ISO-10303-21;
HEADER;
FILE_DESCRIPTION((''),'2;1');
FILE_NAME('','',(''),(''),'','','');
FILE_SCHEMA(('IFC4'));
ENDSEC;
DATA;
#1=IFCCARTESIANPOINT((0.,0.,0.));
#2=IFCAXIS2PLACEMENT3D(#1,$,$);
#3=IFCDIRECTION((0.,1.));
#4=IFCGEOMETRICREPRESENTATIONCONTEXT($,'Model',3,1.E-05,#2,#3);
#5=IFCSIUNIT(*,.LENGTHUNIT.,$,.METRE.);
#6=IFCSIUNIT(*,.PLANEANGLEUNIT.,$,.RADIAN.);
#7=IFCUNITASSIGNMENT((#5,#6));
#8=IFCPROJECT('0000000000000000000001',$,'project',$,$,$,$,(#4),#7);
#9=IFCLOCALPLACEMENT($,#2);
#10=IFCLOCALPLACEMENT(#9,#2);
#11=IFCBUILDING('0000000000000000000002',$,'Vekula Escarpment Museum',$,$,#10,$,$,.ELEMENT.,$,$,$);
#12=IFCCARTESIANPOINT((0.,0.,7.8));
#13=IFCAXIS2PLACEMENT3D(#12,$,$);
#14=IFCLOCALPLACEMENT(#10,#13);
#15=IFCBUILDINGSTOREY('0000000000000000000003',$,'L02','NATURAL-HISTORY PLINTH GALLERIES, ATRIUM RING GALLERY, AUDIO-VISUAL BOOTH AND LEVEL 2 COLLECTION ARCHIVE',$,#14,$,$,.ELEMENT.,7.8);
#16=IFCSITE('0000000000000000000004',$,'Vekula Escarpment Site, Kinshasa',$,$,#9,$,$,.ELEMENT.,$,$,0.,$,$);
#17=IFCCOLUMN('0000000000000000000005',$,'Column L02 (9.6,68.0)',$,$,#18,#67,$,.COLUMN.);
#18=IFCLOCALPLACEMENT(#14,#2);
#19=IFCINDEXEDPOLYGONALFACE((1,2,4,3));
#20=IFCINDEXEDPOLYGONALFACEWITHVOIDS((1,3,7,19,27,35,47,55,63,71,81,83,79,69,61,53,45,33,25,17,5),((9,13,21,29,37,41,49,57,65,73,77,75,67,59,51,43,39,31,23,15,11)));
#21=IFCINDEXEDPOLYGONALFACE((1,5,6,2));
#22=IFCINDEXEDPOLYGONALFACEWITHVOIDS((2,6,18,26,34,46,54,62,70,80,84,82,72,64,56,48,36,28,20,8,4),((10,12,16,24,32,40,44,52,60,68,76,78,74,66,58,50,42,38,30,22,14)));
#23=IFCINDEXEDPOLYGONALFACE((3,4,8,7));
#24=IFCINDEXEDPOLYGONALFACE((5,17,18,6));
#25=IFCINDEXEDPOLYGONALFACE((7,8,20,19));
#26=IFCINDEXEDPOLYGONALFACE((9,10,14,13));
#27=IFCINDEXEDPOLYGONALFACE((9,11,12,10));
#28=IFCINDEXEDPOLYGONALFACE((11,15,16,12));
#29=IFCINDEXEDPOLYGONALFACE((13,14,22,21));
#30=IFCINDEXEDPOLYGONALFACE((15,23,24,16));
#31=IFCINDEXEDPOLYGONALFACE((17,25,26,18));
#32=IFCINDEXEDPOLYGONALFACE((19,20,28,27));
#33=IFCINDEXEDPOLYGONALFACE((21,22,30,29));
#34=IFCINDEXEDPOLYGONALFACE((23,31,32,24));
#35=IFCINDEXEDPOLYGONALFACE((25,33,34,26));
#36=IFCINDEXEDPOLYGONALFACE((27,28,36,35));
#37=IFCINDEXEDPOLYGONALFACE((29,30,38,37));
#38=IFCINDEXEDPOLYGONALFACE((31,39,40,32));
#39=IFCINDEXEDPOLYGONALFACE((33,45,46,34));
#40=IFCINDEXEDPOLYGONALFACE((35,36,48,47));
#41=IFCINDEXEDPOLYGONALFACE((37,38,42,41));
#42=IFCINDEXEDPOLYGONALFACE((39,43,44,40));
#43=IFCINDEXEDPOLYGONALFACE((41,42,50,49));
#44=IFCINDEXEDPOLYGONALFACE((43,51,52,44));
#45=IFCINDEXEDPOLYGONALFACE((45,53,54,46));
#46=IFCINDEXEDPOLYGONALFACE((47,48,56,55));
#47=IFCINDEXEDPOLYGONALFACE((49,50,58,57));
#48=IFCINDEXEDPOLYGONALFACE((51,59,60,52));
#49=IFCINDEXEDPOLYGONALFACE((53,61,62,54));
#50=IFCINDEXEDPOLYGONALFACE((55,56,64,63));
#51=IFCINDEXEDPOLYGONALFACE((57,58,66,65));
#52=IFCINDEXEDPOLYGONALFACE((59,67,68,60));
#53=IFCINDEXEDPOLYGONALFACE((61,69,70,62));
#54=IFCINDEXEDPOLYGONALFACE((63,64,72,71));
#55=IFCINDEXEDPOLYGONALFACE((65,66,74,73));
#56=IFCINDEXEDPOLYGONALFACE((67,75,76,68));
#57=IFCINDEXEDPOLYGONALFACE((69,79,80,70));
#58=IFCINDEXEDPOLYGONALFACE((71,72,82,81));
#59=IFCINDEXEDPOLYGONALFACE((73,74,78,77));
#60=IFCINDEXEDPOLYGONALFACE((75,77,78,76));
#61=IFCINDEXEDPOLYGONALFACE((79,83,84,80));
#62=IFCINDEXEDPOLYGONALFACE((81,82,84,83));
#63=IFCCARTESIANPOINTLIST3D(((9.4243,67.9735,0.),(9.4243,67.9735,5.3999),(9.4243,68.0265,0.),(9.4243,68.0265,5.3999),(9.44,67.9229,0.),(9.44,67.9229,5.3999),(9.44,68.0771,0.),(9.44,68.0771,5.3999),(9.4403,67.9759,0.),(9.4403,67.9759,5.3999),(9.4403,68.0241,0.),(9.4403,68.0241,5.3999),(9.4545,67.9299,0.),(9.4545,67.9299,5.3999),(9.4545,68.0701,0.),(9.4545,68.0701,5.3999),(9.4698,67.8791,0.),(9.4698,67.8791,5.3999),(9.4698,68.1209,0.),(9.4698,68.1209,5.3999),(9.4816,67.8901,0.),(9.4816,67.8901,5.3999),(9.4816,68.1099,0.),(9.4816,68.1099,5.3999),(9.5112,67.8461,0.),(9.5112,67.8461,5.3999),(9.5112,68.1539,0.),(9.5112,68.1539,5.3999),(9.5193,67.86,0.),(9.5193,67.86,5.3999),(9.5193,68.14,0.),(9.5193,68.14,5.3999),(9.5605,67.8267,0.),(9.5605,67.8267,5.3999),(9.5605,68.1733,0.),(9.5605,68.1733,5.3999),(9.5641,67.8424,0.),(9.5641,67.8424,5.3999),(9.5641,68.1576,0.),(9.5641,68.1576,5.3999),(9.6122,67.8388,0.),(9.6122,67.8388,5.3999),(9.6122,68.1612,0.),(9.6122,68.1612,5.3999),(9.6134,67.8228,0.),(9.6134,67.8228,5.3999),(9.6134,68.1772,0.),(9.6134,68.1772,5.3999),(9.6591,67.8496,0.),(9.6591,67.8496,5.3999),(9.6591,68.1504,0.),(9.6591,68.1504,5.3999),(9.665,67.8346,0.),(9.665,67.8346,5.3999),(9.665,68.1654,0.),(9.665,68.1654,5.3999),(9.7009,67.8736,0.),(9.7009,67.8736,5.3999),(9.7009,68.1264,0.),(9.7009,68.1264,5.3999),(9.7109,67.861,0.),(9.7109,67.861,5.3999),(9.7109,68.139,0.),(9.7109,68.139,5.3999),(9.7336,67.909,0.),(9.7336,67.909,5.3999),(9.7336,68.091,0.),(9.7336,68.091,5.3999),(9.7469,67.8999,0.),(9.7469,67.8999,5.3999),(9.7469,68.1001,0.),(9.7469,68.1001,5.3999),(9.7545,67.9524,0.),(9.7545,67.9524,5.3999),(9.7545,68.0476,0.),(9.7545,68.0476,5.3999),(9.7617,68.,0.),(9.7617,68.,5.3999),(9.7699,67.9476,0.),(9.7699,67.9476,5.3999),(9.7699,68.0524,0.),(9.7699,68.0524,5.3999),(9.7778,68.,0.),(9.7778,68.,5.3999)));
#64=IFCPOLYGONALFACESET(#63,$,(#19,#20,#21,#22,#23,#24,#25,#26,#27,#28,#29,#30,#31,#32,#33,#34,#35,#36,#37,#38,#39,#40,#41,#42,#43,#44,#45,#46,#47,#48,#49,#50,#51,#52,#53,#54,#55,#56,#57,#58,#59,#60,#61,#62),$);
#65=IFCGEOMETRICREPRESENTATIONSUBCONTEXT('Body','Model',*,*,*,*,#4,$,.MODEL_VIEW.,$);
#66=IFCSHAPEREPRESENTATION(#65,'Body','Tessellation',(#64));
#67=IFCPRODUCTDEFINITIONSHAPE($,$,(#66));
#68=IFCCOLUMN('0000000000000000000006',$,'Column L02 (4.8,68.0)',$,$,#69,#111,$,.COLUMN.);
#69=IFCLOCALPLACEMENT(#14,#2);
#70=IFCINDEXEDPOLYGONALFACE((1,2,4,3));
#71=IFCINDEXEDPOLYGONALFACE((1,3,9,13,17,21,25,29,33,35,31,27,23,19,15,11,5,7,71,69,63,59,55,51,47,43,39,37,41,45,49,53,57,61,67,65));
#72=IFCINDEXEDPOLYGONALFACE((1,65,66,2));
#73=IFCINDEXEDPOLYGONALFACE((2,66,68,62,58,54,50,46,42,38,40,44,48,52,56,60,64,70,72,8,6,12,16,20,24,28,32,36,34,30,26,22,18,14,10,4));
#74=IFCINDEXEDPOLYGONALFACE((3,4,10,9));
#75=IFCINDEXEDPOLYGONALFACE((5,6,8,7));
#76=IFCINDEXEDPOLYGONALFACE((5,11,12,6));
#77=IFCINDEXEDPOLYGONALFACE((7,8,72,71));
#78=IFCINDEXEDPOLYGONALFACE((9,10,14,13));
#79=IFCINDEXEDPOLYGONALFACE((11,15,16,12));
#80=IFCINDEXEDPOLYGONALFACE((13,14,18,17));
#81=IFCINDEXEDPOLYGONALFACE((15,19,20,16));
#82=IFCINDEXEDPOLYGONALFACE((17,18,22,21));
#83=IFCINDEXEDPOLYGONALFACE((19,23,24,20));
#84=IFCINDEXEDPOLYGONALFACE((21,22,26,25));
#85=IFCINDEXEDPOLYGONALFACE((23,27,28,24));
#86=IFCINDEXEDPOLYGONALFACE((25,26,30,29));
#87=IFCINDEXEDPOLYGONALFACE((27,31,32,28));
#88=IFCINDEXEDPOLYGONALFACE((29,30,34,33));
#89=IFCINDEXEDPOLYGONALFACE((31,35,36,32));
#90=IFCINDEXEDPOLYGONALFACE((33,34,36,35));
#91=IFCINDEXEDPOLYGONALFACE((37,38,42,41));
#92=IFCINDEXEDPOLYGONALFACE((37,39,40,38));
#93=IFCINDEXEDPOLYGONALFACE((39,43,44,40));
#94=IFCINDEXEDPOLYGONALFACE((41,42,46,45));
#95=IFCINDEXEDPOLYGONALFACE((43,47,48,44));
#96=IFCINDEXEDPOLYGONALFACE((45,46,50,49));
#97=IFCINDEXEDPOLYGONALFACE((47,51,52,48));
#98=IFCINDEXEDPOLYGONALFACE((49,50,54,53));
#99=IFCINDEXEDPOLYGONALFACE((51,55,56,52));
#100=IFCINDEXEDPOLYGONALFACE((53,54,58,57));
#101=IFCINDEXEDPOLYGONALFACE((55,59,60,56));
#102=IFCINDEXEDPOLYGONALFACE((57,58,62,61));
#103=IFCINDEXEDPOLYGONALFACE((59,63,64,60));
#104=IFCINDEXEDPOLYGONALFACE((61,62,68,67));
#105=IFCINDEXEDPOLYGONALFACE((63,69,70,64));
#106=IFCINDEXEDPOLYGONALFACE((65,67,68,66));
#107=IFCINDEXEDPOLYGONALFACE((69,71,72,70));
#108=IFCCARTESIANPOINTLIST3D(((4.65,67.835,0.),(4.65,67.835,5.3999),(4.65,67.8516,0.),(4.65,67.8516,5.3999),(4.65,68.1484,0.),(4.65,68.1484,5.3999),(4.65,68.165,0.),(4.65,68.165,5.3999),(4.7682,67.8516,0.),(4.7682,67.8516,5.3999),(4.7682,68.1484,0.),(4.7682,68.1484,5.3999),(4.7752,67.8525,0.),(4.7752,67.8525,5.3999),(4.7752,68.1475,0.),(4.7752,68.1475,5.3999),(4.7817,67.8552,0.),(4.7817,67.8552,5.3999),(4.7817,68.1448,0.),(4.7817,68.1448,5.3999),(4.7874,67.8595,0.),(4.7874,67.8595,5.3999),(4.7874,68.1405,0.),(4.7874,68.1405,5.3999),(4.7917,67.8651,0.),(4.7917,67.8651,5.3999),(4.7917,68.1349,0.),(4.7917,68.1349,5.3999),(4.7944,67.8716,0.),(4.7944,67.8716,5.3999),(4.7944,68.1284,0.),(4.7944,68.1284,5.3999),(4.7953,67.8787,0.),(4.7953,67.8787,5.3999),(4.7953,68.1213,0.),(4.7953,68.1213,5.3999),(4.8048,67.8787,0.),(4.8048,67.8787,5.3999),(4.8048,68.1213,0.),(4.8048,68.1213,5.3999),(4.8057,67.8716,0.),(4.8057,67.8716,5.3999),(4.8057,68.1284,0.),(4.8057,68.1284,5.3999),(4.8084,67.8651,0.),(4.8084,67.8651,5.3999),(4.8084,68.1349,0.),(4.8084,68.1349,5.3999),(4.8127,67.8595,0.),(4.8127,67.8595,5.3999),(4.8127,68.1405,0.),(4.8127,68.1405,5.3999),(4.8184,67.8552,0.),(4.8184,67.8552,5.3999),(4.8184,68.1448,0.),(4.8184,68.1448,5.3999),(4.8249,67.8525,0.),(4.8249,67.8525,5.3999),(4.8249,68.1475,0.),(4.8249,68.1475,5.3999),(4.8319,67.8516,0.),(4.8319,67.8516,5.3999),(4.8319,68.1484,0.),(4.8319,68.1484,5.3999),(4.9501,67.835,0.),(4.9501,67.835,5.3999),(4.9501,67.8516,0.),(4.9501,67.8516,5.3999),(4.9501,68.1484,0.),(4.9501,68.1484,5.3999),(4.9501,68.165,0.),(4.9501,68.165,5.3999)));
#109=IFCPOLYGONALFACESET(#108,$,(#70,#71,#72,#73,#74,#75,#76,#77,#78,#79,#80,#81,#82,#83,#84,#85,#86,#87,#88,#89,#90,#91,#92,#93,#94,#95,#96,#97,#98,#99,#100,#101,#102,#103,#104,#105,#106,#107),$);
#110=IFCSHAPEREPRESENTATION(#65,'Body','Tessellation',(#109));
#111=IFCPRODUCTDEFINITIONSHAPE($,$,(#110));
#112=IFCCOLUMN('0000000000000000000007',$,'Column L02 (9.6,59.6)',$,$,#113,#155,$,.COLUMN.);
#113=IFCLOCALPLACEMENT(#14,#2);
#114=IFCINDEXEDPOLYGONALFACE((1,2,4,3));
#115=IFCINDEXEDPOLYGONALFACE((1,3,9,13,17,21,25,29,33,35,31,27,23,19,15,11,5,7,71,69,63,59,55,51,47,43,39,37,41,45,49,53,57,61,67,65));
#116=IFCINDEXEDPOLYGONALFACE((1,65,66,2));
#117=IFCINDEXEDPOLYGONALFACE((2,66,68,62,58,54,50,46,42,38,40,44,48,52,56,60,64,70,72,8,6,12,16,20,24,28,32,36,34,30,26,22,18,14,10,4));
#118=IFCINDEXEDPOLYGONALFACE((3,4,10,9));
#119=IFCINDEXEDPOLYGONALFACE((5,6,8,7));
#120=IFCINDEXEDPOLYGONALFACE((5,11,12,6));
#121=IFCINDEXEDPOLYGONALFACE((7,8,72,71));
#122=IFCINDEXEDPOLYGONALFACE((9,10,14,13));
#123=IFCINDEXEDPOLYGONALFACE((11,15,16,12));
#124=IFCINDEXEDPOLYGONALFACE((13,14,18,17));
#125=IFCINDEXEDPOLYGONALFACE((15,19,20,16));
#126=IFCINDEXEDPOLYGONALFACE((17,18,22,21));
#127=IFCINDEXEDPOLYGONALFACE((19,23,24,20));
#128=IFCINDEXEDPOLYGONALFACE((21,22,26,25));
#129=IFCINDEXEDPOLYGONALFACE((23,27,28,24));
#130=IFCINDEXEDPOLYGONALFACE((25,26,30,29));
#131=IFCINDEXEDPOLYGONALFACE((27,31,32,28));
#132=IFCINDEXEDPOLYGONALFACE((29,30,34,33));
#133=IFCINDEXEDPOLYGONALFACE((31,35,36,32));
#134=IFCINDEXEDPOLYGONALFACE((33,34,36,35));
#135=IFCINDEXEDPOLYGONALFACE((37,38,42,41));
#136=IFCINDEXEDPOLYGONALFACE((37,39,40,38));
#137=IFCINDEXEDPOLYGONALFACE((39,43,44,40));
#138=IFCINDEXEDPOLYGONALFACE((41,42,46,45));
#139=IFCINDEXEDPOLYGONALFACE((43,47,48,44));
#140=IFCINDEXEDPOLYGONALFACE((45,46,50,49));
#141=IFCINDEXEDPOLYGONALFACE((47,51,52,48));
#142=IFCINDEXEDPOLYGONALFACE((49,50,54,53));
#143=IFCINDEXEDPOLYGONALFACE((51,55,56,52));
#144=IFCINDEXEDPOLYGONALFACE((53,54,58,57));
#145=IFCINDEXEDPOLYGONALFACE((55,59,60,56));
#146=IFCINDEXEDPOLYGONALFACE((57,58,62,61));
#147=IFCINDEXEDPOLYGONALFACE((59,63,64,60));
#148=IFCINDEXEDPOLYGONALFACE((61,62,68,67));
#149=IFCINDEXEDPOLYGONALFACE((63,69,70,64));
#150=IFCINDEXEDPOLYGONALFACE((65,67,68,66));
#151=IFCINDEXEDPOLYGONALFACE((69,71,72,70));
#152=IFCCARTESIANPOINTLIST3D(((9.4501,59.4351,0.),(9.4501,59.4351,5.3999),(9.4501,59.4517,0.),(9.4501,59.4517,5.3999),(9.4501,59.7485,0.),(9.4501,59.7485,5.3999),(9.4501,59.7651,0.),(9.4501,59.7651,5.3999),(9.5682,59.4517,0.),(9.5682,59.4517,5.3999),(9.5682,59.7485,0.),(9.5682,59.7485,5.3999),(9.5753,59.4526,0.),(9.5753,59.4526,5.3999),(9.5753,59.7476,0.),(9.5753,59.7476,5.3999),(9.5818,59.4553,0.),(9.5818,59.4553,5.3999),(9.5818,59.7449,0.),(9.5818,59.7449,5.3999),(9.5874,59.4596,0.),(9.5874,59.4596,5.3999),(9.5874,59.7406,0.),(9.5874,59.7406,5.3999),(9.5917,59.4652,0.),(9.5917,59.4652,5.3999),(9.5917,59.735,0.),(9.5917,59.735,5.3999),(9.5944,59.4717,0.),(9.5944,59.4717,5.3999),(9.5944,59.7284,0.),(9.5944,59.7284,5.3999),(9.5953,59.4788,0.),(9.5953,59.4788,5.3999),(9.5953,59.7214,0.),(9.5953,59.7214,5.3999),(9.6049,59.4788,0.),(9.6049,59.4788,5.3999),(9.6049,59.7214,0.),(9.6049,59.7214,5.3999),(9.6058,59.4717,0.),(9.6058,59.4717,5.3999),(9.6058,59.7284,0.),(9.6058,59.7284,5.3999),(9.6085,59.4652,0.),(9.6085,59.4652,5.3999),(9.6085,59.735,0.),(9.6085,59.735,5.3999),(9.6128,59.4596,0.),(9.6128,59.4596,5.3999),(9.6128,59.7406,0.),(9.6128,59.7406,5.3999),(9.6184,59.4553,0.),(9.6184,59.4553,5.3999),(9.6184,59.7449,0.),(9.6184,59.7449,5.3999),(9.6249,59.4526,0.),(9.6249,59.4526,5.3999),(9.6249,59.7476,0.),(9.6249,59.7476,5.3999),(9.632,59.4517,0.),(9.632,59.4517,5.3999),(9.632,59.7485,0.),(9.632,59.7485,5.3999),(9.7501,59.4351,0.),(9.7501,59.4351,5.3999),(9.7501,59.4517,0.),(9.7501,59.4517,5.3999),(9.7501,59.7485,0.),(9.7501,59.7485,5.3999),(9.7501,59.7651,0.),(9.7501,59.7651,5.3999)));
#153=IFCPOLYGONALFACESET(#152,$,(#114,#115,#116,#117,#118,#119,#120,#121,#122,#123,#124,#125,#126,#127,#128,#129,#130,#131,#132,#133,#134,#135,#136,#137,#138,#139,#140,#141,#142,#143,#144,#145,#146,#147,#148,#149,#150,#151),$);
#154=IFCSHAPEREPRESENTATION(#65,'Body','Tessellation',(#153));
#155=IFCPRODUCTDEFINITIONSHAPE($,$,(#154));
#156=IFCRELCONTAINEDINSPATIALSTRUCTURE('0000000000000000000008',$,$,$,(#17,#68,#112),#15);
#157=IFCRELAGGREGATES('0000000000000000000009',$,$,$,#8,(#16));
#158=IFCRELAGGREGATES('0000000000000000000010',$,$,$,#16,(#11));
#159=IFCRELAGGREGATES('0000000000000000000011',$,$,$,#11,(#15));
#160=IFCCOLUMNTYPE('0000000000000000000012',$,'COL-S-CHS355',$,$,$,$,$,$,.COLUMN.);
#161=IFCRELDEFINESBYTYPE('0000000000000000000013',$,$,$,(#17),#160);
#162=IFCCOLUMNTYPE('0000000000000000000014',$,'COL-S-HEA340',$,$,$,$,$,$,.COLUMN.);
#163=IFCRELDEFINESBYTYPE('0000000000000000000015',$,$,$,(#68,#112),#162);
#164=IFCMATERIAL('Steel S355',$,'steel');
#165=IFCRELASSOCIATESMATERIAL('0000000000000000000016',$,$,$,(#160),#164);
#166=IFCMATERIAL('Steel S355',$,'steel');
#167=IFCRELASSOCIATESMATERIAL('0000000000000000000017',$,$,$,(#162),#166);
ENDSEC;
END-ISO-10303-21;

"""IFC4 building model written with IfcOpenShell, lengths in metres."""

from ifc_helpers import new_model, si_unit, direction, frame, origin, origin_2d, place, context, subcontext, project, spatial, hollow_circle, i_section, extrude, material, material_profile, profile_set, type_object, element, save


model = new_model("IFC4")

# Units and contexts
model_context = context("Model", 3, precision=1e-05, world=origin(), true_north=direction((0.0, 1.0)))
body_context = subcontext(model_context, "Body", "Model", "MODEL_VIEW")
ifc_project = project(units=[si_unit("LENGTHUNIT", "METRE"), si_unit("PLANEANGLEUNIT", "RADIAN")], contexts=[model_context])

# Site, building, storey
site_placement = place(None, origin())
site = spatial("IfcSite", under=ifc_project, at=site_placement, Name="Vekula Escarpment Site, Kinshasa", CompositionType="ELEMENT", RefElevation=0.0)
building_placement = place(site_placement, origin())
building = spatial("IfcBuilding", under=site, at=building_placement, Name="Vekula Escarpment Museum", CompositionType="ELEMENT")
storey_placement = place(building_placement, frame((0.0, 0.0, 7.8)))
storey = spatial("IfcBuildingStorey", under=building, at=storey_placement, Name="L02", Description="NATURAL-HISTORY PLINTH GALLERIES, ATRIUM RING GALLERY, AUDIO-VISUAL BOOTH AND LEVEL 2 COLLECTION ARCHIVE", CompositionType="ELEMENT", Elevation=7.8)

# Columns
ifc_material_1 = material(Name="Steel S355", Category="steel")
ifc_material_profile_1 = material_profile(ifc_material_1, hollow_circle(Radius=0.1777, WallThickness=0.0161, at=origin_2d()), Name="CHS 355.6x16")
ifc_profile_set_1 = profile_set([ifc_material_profile_1], Name="Steel S355")
column_type_1 = type_object("IfcColumnType", Name="COL-S-CHS355", PredefinedType="COLUMN", material=ifc_profile_set_1)
column_1_placement = place(storey_placement, frame((9.6001, 68.0, 0.0), z_axis=(0.0, 0.0, 1.0), x_axis=(1.0, 0.0, 0.0)))
element("IfcColumn", 1, at=column_1_placement, inside=storey, type_object=column_type_1, Name="Column L02 (9.6,68.0)", PredefinedType="COLUMN", context=body_context, shape_type="SweptSolid", body=[
    extrude(hollow_circle(Radius=0.1777, WallThickness=0.0161, at=origin_2d()), origin(), (0.0, 0.0, 1.0), 5.3999),
])
ifc_material_2 = material(Name="Steel S355", Category="steel")
ifc_material_profile_2 = material_profile(ifc_material_2, i_section(OverallWidth=0.3, OverallDepth=0.3301, WebThickness=0.0095, FlangeThickness=0.0166, FilletRadius=0.0271, at=origin_2d()), Name="HEA 340")
ifc_profile_set_2 = profile_set([ifc_material_profile_2], Name="Steel S355")
column_type_2 = type_object("IfcColumnType", Name="COL-S-HEA340", PredefinedType="COLUMN", material=ifc_profile_set_2)
for number, where, z_axis, x_axis, name in (
    (2, (4.8, 68.0, 0.0), (0.0, 0.0, 1.0), (1.0, 0.0, 0.0), "Column L02 (4.8,68.0)"),
    (3, (9.6001, 59.6001, 0.0), (0.0, 0.0, 1.0), (1.0, 0.0, 0.0), "Column L02 (9.6,59.6)"),
):
    element("IfcColumn", number, at=place(storey_placement, frame(where, z_axis=z_axis, x_axis=x_axis)), inside=storey, type_object=column_type_2, Name=name, PredefinedType="COLUMN", context=body_context, shape_type="SweptSolid", body=[
        extrude(i_section(OverallWidth=0.3, OverallDepth=0.3301, WebThickness=0.0095, FlangeThickness=0.0166, FilletRadius=0.0271, at=origin_2d()), origin(), (0.0, 0.0, 1.0), 5.3999),
    ])

save(model, "model.ifc")
